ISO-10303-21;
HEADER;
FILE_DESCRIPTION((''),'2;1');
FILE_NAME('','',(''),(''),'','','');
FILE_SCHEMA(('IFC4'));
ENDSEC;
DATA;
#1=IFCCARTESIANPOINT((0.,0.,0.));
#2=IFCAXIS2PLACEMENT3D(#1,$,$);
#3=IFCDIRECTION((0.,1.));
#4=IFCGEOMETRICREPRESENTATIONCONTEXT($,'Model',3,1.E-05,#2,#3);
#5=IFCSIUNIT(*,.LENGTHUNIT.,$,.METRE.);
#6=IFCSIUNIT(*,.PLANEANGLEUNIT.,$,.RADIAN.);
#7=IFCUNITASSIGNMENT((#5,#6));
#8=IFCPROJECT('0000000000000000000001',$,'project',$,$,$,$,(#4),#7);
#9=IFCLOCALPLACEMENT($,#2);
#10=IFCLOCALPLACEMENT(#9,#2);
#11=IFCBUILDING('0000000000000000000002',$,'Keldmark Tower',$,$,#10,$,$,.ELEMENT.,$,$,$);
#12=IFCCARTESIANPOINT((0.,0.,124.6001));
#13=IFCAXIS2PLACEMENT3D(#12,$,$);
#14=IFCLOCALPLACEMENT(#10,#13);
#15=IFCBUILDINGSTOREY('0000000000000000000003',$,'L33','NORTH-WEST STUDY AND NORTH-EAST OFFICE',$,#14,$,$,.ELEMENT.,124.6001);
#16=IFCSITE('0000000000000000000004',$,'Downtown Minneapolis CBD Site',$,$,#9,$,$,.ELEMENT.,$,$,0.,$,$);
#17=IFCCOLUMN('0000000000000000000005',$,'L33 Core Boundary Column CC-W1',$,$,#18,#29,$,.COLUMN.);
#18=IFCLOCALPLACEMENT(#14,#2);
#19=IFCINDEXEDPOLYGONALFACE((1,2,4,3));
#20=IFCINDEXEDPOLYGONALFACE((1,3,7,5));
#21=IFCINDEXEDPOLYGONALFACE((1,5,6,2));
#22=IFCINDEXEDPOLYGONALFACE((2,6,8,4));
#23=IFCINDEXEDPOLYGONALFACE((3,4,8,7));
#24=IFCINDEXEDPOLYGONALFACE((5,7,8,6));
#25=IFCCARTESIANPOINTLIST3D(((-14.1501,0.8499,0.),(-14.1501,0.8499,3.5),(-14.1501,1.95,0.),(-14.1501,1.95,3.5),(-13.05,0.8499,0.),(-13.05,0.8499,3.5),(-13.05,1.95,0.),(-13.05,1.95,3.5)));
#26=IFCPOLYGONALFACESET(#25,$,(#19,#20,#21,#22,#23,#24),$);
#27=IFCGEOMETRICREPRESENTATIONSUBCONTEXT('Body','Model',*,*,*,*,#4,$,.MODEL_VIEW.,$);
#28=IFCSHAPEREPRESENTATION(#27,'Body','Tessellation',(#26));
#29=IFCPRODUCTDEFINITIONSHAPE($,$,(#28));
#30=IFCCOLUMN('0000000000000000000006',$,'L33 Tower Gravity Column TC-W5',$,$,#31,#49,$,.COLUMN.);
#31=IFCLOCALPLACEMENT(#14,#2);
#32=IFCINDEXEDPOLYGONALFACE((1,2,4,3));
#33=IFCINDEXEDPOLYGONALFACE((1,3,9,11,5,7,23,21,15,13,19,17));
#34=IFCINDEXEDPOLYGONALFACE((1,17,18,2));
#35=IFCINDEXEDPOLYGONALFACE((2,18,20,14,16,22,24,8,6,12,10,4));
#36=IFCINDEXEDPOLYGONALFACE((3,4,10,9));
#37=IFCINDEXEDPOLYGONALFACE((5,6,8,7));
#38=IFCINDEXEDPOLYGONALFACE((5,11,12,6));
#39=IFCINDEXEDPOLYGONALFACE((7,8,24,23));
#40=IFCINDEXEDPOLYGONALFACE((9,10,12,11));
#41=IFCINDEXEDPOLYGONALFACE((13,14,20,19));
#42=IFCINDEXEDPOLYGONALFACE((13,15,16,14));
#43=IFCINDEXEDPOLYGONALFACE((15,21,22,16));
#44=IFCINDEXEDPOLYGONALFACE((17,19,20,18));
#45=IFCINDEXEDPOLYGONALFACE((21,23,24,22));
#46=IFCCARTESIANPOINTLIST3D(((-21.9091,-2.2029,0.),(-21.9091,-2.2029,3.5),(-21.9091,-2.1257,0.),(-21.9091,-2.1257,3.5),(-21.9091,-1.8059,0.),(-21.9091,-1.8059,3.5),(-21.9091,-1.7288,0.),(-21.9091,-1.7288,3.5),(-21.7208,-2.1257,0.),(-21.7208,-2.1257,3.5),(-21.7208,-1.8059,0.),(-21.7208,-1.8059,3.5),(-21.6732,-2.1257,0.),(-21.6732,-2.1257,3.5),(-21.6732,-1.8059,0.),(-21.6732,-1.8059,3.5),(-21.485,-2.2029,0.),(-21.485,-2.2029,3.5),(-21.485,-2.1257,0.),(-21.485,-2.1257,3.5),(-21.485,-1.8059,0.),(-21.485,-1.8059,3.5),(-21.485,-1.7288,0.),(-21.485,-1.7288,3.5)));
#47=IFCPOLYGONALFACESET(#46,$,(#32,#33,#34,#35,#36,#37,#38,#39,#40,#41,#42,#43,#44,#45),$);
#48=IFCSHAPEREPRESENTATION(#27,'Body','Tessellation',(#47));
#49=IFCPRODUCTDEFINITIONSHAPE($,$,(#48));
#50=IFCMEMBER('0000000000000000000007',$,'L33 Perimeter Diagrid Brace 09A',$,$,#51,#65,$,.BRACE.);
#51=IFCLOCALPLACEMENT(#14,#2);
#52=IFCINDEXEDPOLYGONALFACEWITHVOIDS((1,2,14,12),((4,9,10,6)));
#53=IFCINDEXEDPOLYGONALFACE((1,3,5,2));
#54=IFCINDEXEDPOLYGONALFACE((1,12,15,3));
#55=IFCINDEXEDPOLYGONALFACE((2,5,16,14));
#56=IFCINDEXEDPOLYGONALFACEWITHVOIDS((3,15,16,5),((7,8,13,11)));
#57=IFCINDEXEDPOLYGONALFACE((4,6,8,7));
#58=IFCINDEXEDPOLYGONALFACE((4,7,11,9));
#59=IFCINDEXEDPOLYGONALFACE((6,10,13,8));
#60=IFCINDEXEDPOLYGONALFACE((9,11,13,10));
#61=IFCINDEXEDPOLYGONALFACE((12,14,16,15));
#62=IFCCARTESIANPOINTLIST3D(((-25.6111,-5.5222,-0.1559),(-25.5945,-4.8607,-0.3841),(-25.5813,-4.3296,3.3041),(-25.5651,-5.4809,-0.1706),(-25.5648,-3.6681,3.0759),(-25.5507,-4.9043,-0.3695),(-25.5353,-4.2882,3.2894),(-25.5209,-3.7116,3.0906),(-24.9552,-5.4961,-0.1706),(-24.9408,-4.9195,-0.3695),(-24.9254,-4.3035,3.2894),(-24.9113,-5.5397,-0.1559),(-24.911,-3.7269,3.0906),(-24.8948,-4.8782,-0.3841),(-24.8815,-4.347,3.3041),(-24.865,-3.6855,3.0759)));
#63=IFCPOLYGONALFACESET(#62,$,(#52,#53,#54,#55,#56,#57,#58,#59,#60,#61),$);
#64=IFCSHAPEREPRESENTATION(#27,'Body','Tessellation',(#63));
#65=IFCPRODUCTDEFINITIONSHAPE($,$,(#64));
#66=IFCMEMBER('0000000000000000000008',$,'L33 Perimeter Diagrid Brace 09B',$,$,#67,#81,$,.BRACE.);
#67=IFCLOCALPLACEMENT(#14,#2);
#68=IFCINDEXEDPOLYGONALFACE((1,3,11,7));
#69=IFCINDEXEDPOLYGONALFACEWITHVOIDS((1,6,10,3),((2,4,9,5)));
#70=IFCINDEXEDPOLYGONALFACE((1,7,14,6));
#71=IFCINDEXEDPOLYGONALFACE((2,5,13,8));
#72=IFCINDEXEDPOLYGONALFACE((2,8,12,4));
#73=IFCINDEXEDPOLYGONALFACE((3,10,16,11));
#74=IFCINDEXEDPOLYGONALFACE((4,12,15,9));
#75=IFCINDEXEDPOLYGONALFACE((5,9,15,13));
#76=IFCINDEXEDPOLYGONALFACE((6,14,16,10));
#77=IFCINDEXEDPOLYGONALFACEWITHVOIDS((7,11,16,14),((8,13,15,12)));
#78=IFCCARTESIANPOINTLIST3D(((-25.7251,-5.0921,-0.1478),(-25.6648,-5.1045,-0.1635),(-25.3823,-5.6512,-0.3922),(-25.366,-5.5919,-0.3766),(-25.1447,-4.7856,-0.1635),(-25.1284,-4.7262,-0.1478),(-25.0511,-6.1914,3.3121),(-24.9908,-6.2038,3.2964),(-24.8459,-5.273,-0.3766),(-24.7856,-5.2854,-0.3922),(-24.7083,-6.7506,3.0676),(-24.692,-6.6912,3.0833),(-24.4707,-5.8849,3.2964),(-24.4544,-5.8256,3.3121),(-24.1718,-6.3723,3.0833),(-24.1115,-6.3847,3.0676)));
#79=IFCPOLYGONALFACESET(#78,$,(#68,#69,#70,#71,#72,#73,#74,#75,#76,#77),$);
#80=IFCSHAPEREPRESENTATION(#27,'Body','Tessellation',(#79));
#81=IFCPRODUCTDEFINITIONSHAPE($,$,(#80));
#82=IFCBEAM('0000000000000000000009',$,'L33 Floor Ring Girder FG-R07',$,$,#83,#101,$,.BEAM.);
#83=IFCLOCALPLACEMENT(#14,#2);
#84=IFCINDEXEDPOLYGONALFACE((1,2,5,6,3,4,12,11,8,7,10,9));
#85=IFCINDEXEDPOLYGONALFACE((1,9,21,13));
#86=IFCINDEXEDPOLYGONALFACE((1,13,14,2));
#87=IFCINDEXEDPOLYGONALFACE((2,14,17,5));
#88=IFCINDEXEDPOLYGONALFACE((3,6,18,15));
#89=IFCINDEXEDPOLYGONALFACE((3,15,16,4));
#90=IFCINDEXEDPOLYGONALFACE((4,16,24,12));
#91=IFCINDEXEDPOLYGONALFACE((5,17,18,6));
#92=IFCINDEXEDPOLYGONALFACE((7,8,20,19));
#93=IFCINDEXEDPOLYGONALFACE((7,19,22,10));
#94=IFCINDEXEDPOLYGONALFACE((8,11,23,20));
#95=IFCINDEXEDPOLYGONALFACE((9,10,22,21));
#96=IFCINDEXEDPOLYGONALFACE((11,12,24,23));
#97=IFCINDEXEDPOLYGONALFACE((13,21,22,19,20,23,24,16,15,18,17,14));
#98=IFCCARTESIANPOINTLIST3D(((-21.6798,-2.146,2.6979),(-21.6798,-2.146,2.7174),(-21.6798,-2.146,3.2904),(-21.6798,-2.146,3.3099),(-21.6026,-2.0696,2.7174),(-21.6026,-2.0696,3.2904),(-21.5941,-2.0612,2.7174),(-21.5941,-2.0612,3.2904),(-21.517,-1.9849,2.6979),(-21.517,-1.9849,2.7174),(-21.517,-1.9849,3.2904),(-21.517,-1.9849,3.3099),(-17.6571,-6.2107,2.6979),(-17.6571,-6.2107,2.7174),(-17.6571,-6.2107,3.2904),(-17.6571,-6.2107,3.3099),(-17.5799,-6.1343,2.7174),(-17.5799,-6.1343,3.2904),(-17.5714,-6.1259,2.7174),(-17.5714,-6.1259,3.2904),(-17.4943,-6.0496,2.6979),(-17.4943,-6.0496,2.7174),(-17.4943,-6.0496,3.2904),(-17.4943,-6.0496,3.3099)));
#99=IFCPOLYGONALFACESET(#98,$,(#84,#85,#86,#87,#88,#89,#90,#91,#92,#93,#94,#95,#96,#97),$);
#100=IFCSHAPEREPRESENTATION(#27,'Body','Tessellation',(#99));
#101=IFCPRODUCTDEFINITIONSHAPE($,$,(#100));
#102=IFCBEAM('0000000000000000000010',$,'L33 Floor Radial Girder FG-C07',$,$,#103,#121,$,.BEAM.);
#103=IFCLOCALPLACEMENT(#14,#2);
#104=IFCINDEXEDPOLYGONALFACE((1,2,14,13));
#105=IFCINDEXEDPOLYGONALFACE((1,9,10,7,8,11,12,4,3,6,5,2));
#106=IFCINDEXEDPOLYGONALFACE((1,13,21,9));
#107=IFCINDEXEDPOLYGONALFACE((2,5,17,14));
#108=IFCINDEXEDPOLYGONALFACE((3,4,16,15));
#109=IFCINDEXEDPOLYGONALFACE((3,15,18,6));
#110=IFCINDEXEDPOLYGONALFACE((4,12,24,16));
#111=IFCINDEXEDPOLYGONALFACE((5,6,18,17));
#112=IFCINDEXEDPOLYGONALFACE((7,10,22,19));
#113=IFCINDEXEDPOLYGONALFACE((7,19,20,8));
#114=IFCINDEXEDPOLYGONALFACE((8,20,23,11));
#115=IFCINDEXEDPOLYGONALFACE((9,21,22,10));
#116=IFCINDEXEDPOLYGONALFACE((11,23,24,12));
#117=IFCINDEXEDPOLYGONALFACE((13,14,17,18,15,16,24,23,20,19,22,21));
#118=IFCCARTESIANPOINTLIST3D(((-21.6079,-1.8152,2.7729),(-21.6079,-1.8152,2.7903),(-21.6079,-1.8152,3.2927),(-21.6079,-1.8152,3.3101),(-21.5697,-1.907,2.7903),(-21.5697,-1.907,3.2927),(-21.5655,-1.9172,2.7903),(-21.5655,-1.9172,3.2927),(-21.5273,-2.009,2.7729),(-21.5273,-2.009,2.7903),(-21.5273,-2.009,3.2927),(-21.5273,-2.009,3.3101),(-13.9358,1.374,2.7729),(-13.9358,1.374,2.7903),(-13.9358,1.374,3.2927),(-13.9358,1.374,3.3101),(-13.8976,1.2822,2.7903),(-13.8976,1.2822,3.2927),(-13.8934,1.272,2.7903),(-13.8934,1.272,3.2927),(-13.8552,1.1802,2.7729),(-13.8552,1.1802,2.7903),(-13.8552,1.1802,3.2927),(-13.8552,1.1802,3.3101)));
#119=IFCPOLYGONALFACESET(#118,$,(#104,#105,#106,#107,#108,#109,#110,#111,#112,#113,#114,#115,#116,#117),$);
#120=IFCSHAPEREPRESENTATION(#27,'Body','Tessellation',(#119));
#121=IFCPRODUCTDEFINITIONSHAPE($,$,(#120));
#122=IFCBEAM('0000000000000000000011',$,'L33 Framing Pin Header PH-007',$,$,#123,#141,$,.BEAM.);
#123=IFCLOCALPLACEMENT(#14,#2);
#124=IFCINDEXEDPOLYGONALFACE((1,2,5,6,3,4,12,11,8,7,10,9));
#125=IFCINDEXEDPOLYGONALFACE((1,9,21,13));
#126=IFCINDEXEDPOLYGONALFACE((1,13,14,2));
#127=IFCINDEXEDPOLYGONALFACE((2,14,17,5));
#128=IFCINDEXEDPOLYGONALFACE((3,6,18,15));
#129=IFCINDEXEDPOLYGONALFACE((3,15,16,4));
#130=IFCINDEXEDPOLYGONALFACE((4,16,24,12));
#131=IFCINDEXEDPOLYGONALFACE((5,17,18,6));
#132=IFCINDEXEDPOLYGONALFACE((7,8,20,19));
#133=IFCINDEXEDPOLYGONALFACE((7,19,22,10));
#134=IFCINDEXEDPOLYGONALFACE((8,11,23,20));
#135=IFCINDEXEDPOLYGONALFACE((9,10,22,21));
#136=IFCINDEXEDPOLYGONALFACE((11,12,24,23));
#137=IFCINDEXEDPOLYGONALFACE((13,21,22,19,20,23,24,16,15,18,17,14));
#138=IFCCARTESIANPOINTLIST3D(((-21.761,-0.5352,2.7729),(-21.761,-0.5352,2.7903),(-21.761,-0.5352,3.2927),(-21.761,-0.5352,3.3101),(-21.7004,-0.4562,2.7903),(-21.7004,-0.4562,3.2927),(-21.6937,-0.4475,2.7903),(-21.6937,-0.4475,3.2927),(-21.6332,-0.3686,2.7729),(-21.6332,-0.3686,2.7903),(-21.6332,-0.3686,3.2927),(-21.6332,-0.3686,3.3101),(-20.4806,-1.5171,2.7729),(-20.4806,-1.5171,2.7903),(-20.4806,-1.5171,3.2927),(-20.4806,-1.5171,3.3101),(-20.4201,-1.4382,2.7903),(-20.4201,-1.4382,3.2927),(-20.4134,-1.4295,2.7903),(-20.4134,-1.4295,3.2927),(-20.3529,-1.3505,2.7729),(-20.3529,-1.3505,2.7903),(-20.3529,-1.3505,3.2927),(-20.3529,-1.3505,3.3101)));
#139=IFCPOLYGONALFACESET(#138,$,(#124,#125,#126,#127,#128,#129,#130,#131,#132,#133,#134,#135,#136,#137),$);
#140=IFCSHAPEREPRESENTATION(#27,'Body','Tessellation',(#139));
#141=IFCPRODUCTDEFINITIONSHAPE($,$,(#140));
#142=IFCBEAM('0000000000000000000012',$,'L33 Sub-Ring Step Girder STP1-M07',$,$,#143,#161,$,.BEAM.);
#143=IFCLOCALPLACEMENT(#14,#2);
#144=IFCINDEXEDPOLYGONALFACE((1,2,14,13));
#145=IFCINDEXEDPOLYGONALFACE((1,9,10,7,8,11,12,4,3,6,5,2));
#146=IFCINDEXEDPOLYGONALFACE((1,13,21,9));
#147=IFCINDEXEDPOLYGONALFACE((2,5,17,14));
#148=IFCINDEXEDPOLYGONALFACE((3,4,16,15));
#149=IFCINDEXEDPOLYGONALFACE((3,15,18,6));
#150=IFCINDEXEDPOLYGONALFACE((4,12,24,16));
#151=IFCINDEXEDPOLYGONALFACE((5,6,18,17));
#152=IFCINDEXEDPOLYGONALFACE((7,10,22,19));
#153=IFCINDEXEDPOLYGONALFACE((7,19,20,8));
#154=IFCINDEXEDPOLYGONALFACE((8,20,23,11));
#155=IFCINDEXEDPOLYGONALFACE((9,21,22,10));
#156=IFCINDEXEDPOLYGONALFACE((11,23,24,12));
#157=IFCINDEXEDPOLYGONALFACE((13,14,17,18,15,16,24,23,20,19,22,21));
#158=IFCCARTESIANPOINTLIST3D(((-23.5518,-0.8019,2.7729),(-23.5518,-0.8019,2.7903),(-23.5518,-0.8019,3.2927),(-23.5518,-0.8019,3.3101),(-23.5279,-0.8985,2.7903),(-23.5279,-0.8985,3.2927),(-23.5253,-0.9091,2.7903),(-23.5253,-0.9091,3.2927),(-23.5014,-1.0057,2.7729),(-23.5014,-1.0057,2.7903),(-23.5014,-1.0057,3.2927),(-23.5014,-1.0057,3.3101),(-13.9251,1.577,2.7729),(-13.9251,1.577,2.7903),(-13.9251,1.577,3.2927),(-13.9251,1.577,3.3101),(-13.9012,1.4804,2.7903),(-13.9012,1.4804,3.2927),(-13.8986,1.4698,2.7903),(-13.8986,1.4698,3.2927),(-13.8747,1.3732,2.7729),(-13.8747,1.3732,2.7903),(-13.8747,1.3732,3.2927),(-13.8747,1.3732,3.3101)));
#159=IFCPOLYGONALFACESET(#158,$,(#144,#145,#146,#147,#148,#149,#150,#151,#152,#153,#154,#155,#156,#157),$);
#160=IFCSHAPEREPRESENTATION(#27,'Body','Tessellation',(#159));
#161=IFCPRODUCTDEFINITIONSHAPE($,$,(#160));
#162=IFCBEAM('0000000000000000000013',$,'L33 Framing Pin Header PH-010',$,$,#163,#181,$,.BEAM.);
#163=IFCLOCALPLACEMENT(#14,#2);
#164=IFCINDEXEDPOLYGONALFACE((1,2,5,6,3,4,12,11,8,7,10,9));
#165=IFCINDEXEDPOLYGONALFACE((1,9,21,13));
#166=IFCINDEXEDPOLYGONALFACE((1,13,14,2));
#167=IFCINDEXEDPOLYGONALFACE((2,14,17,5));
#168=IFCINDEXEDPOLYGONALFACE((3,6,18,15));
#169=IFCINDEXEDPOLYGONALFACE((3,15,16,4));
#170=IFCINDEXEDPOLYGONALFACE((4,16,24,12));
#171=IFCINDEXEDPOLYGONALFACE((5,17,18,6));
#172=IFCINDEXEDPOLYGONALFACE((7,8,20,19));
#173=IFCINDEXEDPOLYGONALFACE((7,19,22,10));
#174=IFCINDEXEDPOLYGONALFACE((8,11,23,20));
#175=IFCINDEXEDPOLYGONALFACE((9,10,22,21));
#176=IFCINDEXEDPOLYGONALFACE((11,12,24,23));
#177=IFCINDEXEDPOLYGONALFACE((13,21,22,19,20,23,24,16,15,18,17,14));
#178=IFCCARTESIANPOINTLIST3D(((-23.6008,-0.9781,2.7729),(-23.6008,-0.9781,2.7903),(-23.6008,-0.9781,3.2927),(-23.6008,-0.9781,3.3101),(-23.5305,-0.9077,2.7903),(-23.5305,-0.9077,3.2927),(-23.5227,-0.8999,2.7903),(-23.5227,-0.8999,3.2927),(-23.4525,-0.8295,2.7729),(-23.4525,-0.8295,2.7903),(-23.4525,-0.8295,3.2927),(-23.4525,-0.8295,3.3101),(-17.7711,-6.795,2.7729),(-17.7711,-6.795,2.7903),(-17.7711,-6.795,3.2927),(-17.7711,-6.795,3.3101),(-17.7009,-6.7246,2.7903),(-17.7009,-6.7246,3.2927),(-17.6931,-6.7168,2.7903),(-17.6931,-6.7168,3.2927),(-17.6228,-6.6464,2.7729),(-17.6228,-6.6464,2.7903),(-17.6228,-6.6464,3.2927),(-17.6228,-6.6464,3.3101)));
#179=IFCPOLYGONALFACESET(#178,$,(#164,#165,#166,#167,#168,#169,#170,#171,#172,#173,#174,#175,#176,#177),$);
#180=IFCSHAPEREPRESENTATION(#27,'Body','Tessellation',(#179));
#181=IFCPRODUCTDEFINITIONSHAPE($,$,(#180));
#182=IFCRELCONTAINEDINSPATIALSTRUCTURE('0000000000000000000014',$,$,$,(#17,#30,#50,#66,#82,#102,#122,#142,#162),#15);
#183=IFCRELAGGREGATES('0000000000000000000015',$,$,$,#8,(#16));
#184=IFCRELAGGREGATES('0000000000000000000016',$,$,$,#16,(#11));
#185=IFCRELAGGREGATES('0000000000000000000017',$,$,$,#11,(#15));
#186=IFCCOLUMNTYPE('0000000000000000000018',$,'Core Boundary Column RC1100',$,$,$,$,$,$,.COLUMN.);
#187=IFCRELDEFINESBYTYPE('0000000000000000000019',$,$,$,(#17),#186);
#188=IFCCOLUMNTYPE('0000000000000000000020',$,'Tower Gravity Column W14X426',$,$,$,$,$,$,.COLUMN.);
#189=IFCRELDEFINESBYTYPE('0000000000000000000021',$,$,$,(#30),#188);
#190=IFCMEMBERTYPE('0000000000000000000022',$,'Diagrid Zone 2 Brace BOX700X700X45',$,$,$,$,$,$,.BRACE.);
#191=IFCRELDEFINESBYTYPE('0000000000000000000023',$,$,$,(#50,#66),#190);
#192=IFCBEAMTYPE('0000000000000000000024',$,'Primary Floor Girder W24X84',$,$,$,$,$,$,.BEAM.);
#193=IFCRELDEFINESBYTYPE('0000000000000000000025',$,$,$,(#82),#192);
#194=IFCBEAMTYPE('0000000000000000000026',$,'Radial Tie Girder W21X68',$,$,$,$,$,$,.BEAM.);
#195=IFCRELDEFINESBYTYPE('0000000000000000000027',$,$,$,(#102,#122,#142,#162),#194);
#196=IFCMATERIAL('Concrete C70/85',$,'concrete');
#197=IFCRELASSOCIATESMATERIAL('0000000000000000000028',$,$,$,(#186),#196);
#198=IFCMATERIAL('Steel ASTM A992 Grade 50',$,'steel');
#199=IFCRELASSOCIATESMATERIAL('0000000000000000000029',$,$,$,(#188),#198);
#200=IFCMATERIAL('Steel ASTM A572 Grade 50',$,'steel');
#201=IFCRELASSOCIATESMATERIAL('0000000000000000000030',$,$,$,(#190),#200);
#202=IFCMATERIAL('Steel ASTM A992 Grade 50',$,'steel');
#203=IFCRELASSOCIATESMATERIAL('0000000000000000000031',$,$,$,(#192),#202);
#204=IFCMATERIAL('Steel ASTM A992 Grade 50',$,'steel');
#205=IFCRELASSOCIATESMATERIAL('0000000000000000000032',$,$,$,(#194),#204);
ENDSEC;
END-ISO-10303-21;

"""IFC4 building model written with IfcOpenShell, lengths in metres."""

from ifc_helpers import new_model, si_unit, direction, frame, origin, origin_2d, place, context, subcontext, project, spatial, rectangle, hollow_rectangle, i_section, extrude, material, material_profile, profile_set, type_object, element, save


model = new_model("IFC4")

# Units and contexts
model_context = context("Model", 3, precision=1e-05, world=origin(), true_north=direction((0.0, 1.0)))
body_context = subcontext(model_context, "Body", "Model", "MODEL_VIEW")
ifc_project = project(units=[si_unit("LENGTHUNIT", "METRE"), si_unit("PLANEANGLEUNIT", "RADIAN")], contexts=[model_context])

# Site, building, storey
site_placement = place(None, origin())
site = spatial("IfcSite", under=ifc_project, at=site_placement, Name="Downtown Minneapolis CBD Site", CompositionType="ELEMENT", RefElevation=0.0)
building_placement = place(site_placement, origin())
building = spatial("IfcBuilding", under=site, at=building_placement, Name="Keldmark Tower", CompositionType="ELEMENT")
storey_placement = place(building_placement, frame((0.0, 0.0, 124.6001)))
storey = spatial("IfcBuildingStorey", under=building, at=storey_placement, Name="L33", Description="NORTH-WEST STUDY AND NORTH-EAST OFFICE", CompositionType="ELEMENT", Elevation=124.6001)

# Columns
ifc_material_1 = material(Name="Concrete C70/85", Category="concrete")
ifc_material_profile_1 = material_profile(ifc_material_1, rectangle(XDim=1.1001, YDim=1.1001, at=origin_2d()), Name="RC1100X1100")
ifc_profile_set_1 = profile_set([ifc_material_profile_1], Name="Concrete C70/85")
column_type_1 = type_object("IfcColumnType", Name="Core Boundary Column RC1100", PredefinedType="COLUMN", material=ifc_profile_set_1)
column_1_placement = place(storey_placement, frame((-13.6001, 1.3999, 0.0), z_axis=(0.0, 0.0, 1.0), x_axis=(1.0, 0.0, 0.0)))
element("IfcColumn", 1, at=column_1_placement, inside=storey, type_object=column_type_1, Name="L33 Core Boundary Column CC-W1", PredefinedType="COLUMN", context=body_context, shape_type="SweptSolid", body=[
    extrude(rectangle(XDim=1.1001, YDim=1.1001, at=origin_2d()), origin(), (0.0, 0.0, 1.0), 3.5),
])
ifc_material_2 = material(Name="Steel ASTM A992 Grade 50", Category="steel")
ifc_material_profile_2 = material_profile(ifc_material_2, i_section(OverallWidth=0.4241, OverallDepth=0.4741, WebThickness=0.0476, FlangeThickness=0.0771, at=origin_2d()), Name="W14X426")
ifc_profile_set_2 = profile_set([ifc_material_profile_2], Name="Steel ASTM A992 Grade 50")
column_type_2 = type_object("IfcColumnType", Name="Tower Gravity Column W14X426", PredefinedType="COLUMN", material=ifc_profile_set_2)
column_2_placement = place(storey_placement, frame((-21.697, -1.9658, 0.0), z_axis=(0.0, 0.0, 1.0), x_axis=(1.0, 0.0, 0.0)))
element("IfcColumn", 2, at=column_2_placement, inside=storey, type_object=column_type_2, Name="L33 Tower Gravity Column TC-W5", PredefinedType="COLUMN", context=body_context, shape_type="SweptSolid", body=[
    extrude(i_section(OverallWidth=0.4241, OverallDepth=0.4741, WebThickness=0.0476, FlangeThickness=0.0771, at=origin_2d()), origin(), (0.0, 0.0, 1.0), 3.5),
])

# Members
ifc_material_3 = material(Name="Steel ASTM A572 Grade 50", Category="steel")
ifc_material_profile_3 = material_profile(ifc_material_3, hollow_rectangle(XDim=0.7, YDim=0.7, WallThickness=0.0449, at=origin_2d()), Name="BOX700X700X45")
ifc_profile_set_3 = profile_set([ifc_material_profile_3], Name="Steel ASTM A572 Grade 50")
member_type = type_object("IfcMemberType", Name="Diagrid Zone 2 Brace BOX700X700X45", PredefinedType="BRACE", material=ifc_profile_set_3)
member_1_placement = place(storey_placement, frame((-25.2529, -5.2002, -0.27), z_axis=(0.008138, 0.325867, 0.945381), x_axis=(-0.999688, 0.024967, 0.0)))
element("IfcMember", 3, at=member_1_placement, inside=storey, type_object=member_type, Name="L33 Perimeter Diagrid Brace 09A", PredefinedType="BRACE", context=body_context, shape_type="SweptSolid", body=[
    extrude(hollow_rectangle(XDim=0.7, YDim=0.7, WallThickness=0.0449, at=origin_2d()), origin(), (0.0, 0.0, 1.0), 3.6599),
])
member_2_placement = place(storey_placement, frame((-25.2554, -5.1887, -0.27), z_axis=(0.182553, -0.297732, 0.937033), x_axis=(0.852509, 0.522713, 0.0)))
element("IfcMember", 4, at=member_2_placement, inside=storey, type_object=member_type, Name="L33 Perimeter Diagrid Brace 09B", PredefinedType="BRACE", context=body_context, shape_type="SweptSolid", body=[
    extrude(hollow_rectangle(XDim=0.7, YDim=0.7, WallThickness=0.0449, at=origin_2d()), origin(), (0.0, 0.0, 1.0), 3.6924),
])

# Beams
ifc_material_4 = material(Name="Steel ASTM A992 Grade 50", Category="steel")
ifc_material_profile_4 = material_profile(ifc_material_4, i_section(OverallWidth=0.229, OverallDepth=0.6121, WebThickness=0.012, FlangeThickness=0.0195, at=origin_2d()), Name="W24X84")
ifc_profile_set_4 = profile_set([ifc_material_profile_4], Name="Steel ASTM A992 Grade 50")
beam_type_1 = type_object("IfcBeamType", Name="Primary Floor Girder W24X84", PredefinedType="BEAM", material=ifc_profile_set_4)
beam_1_placement = place(storey_placement, frame((-21.5984, -2.0654, 3.0039), z_axis=(0.703426, -0.710769, 0.0), x_axis=(0.710769, 0.703426, 0.0)))
element("IfcBeam", 5, at=beam_1_placement, inside=storey, type_object=beam_type_1, Name="L33 Floor Ring Girder FG-R07", PredefinedType="BEAM", context=body_context, shape_type="SweptSolid", body=[
    extrude(i_section(OverallWidth=0.229, OverallDepth=0.6121, WebThickness=0.012, FlangeThickness=0.0195, at=origin_2d()), origin(), (0.0, 0.0, 1.0), 5.7188),
])
ifc_material_5 = material(Name="Steel ASTM A992 Grade 50", Category="steel")
ifc_material_profile_5 = material_profile(ifc_material_5, i_section(OverallWidth=0.21, OverallDepth=0.5371, WebThickness=0.011, FlangeThickness=0.0173, at=origin_2d()), Name="W21X68")
ifc_profile_set_5 = profile_set([ifc_material_profile_5], Name="Steel ASTM A992 Grade 50")
beam_type_2 = type_object("IfcBeamType", Name="Radial Tie Girder W21X68", PredefinedType="BEAM", material=ifc_profile_set_5)
beam_2_placement = place(storey_placement, frame((-21.5676, -1.9121, 3.0415), z_axis=(0.923397, 0.383845, 0.0), x_axis=(-0.383845, 0.923397, 0.0)))
element("IfcBeam", 6, at=beam_2_placement, inside=storey, type_object=beam_type_2, Name="L33 Floor Radial Girder FG-C07", PredefinedType="BEAM", context=body_context, shape_type="SweptSolid", body=[
    extrude(i_section(OverallWidth=0.21, OverallDepth=0.5371, WebThickness=0.011, FlangeThickness=0.0173, at=origin_2d()), origin(), (0.0, 0.0, 1.0), 8.3086),
])
beam_3_placement = place(storey_placement, frame((-20.4167, -1.4338, 3.0415), z_axis=(-0.793489, 0.608584, 0.0), x_axis=(-0.608584, -0.793489, 0.0)))
element("IfcBeam", 7, at=beam_3_placement, inside=storey, type_object=beam_type_2, Name="L33 Framing Pin Header PH-007", PredefinedType="BEAM", context=body_context, shape_type="SweptSolid", body=[
    extrude(i_section(OverallWidth=0.21, OverallDepth=0.5371, WebThickness=0.011, FlangeThickness=0.0173, at=origin_2d()), origin(), (0.0, 0.0, 1.0), 1.6135),
])
beam_4_placement = place(storey_placement, frame((-13.8999, 1.4751, 3.0415), z_axis=(-0.970798, -0.239899, 0.0), x_axis=(0.239899, -0.970798, 0.0)))
element("IfcBeam", 8, at=beam_4_placement, inside=storey, type_object=beam_type_2, Name="L33 Sub-Ring Step Girder STP1-M07", PredefinedType="BEAM", context=body_context, shape_type="SweptSolid", body=[
    extrude(i_section(OverallWidth=0.21, OverallDepth=0.5371, WebThickness=0.011, FlangeThickness=0.0173, at=origin_2d()), origin(), (0.0, 0.0, 1.0), 9.9163),
])
beam_5_placement = place(storey_placement, frame((-23.5266, -0.9038, 3.0415), z_axis=(0.707877, -0.706336, 0.0), x_axis=(0.706336, 0.707877, 0.0)))
element("IfcBeam", 9, at=beam_5_placement, inside=storey, type_object=beam_type_2, Name="L33 Framing Pin Header PH-010", PredefinedType="BEAM", context=body_context, shape_type="SweptSolid", body=[
    extrude(i_section(OverallWidth=0.21, OverallDepth=0.5371, WebThickness=0.011, FlangeThickness=0.0173, at=origin_2d()), origin(), (0.0, 0.0, 1.0), 8.2354),
])

save(model, "model.ifc")
